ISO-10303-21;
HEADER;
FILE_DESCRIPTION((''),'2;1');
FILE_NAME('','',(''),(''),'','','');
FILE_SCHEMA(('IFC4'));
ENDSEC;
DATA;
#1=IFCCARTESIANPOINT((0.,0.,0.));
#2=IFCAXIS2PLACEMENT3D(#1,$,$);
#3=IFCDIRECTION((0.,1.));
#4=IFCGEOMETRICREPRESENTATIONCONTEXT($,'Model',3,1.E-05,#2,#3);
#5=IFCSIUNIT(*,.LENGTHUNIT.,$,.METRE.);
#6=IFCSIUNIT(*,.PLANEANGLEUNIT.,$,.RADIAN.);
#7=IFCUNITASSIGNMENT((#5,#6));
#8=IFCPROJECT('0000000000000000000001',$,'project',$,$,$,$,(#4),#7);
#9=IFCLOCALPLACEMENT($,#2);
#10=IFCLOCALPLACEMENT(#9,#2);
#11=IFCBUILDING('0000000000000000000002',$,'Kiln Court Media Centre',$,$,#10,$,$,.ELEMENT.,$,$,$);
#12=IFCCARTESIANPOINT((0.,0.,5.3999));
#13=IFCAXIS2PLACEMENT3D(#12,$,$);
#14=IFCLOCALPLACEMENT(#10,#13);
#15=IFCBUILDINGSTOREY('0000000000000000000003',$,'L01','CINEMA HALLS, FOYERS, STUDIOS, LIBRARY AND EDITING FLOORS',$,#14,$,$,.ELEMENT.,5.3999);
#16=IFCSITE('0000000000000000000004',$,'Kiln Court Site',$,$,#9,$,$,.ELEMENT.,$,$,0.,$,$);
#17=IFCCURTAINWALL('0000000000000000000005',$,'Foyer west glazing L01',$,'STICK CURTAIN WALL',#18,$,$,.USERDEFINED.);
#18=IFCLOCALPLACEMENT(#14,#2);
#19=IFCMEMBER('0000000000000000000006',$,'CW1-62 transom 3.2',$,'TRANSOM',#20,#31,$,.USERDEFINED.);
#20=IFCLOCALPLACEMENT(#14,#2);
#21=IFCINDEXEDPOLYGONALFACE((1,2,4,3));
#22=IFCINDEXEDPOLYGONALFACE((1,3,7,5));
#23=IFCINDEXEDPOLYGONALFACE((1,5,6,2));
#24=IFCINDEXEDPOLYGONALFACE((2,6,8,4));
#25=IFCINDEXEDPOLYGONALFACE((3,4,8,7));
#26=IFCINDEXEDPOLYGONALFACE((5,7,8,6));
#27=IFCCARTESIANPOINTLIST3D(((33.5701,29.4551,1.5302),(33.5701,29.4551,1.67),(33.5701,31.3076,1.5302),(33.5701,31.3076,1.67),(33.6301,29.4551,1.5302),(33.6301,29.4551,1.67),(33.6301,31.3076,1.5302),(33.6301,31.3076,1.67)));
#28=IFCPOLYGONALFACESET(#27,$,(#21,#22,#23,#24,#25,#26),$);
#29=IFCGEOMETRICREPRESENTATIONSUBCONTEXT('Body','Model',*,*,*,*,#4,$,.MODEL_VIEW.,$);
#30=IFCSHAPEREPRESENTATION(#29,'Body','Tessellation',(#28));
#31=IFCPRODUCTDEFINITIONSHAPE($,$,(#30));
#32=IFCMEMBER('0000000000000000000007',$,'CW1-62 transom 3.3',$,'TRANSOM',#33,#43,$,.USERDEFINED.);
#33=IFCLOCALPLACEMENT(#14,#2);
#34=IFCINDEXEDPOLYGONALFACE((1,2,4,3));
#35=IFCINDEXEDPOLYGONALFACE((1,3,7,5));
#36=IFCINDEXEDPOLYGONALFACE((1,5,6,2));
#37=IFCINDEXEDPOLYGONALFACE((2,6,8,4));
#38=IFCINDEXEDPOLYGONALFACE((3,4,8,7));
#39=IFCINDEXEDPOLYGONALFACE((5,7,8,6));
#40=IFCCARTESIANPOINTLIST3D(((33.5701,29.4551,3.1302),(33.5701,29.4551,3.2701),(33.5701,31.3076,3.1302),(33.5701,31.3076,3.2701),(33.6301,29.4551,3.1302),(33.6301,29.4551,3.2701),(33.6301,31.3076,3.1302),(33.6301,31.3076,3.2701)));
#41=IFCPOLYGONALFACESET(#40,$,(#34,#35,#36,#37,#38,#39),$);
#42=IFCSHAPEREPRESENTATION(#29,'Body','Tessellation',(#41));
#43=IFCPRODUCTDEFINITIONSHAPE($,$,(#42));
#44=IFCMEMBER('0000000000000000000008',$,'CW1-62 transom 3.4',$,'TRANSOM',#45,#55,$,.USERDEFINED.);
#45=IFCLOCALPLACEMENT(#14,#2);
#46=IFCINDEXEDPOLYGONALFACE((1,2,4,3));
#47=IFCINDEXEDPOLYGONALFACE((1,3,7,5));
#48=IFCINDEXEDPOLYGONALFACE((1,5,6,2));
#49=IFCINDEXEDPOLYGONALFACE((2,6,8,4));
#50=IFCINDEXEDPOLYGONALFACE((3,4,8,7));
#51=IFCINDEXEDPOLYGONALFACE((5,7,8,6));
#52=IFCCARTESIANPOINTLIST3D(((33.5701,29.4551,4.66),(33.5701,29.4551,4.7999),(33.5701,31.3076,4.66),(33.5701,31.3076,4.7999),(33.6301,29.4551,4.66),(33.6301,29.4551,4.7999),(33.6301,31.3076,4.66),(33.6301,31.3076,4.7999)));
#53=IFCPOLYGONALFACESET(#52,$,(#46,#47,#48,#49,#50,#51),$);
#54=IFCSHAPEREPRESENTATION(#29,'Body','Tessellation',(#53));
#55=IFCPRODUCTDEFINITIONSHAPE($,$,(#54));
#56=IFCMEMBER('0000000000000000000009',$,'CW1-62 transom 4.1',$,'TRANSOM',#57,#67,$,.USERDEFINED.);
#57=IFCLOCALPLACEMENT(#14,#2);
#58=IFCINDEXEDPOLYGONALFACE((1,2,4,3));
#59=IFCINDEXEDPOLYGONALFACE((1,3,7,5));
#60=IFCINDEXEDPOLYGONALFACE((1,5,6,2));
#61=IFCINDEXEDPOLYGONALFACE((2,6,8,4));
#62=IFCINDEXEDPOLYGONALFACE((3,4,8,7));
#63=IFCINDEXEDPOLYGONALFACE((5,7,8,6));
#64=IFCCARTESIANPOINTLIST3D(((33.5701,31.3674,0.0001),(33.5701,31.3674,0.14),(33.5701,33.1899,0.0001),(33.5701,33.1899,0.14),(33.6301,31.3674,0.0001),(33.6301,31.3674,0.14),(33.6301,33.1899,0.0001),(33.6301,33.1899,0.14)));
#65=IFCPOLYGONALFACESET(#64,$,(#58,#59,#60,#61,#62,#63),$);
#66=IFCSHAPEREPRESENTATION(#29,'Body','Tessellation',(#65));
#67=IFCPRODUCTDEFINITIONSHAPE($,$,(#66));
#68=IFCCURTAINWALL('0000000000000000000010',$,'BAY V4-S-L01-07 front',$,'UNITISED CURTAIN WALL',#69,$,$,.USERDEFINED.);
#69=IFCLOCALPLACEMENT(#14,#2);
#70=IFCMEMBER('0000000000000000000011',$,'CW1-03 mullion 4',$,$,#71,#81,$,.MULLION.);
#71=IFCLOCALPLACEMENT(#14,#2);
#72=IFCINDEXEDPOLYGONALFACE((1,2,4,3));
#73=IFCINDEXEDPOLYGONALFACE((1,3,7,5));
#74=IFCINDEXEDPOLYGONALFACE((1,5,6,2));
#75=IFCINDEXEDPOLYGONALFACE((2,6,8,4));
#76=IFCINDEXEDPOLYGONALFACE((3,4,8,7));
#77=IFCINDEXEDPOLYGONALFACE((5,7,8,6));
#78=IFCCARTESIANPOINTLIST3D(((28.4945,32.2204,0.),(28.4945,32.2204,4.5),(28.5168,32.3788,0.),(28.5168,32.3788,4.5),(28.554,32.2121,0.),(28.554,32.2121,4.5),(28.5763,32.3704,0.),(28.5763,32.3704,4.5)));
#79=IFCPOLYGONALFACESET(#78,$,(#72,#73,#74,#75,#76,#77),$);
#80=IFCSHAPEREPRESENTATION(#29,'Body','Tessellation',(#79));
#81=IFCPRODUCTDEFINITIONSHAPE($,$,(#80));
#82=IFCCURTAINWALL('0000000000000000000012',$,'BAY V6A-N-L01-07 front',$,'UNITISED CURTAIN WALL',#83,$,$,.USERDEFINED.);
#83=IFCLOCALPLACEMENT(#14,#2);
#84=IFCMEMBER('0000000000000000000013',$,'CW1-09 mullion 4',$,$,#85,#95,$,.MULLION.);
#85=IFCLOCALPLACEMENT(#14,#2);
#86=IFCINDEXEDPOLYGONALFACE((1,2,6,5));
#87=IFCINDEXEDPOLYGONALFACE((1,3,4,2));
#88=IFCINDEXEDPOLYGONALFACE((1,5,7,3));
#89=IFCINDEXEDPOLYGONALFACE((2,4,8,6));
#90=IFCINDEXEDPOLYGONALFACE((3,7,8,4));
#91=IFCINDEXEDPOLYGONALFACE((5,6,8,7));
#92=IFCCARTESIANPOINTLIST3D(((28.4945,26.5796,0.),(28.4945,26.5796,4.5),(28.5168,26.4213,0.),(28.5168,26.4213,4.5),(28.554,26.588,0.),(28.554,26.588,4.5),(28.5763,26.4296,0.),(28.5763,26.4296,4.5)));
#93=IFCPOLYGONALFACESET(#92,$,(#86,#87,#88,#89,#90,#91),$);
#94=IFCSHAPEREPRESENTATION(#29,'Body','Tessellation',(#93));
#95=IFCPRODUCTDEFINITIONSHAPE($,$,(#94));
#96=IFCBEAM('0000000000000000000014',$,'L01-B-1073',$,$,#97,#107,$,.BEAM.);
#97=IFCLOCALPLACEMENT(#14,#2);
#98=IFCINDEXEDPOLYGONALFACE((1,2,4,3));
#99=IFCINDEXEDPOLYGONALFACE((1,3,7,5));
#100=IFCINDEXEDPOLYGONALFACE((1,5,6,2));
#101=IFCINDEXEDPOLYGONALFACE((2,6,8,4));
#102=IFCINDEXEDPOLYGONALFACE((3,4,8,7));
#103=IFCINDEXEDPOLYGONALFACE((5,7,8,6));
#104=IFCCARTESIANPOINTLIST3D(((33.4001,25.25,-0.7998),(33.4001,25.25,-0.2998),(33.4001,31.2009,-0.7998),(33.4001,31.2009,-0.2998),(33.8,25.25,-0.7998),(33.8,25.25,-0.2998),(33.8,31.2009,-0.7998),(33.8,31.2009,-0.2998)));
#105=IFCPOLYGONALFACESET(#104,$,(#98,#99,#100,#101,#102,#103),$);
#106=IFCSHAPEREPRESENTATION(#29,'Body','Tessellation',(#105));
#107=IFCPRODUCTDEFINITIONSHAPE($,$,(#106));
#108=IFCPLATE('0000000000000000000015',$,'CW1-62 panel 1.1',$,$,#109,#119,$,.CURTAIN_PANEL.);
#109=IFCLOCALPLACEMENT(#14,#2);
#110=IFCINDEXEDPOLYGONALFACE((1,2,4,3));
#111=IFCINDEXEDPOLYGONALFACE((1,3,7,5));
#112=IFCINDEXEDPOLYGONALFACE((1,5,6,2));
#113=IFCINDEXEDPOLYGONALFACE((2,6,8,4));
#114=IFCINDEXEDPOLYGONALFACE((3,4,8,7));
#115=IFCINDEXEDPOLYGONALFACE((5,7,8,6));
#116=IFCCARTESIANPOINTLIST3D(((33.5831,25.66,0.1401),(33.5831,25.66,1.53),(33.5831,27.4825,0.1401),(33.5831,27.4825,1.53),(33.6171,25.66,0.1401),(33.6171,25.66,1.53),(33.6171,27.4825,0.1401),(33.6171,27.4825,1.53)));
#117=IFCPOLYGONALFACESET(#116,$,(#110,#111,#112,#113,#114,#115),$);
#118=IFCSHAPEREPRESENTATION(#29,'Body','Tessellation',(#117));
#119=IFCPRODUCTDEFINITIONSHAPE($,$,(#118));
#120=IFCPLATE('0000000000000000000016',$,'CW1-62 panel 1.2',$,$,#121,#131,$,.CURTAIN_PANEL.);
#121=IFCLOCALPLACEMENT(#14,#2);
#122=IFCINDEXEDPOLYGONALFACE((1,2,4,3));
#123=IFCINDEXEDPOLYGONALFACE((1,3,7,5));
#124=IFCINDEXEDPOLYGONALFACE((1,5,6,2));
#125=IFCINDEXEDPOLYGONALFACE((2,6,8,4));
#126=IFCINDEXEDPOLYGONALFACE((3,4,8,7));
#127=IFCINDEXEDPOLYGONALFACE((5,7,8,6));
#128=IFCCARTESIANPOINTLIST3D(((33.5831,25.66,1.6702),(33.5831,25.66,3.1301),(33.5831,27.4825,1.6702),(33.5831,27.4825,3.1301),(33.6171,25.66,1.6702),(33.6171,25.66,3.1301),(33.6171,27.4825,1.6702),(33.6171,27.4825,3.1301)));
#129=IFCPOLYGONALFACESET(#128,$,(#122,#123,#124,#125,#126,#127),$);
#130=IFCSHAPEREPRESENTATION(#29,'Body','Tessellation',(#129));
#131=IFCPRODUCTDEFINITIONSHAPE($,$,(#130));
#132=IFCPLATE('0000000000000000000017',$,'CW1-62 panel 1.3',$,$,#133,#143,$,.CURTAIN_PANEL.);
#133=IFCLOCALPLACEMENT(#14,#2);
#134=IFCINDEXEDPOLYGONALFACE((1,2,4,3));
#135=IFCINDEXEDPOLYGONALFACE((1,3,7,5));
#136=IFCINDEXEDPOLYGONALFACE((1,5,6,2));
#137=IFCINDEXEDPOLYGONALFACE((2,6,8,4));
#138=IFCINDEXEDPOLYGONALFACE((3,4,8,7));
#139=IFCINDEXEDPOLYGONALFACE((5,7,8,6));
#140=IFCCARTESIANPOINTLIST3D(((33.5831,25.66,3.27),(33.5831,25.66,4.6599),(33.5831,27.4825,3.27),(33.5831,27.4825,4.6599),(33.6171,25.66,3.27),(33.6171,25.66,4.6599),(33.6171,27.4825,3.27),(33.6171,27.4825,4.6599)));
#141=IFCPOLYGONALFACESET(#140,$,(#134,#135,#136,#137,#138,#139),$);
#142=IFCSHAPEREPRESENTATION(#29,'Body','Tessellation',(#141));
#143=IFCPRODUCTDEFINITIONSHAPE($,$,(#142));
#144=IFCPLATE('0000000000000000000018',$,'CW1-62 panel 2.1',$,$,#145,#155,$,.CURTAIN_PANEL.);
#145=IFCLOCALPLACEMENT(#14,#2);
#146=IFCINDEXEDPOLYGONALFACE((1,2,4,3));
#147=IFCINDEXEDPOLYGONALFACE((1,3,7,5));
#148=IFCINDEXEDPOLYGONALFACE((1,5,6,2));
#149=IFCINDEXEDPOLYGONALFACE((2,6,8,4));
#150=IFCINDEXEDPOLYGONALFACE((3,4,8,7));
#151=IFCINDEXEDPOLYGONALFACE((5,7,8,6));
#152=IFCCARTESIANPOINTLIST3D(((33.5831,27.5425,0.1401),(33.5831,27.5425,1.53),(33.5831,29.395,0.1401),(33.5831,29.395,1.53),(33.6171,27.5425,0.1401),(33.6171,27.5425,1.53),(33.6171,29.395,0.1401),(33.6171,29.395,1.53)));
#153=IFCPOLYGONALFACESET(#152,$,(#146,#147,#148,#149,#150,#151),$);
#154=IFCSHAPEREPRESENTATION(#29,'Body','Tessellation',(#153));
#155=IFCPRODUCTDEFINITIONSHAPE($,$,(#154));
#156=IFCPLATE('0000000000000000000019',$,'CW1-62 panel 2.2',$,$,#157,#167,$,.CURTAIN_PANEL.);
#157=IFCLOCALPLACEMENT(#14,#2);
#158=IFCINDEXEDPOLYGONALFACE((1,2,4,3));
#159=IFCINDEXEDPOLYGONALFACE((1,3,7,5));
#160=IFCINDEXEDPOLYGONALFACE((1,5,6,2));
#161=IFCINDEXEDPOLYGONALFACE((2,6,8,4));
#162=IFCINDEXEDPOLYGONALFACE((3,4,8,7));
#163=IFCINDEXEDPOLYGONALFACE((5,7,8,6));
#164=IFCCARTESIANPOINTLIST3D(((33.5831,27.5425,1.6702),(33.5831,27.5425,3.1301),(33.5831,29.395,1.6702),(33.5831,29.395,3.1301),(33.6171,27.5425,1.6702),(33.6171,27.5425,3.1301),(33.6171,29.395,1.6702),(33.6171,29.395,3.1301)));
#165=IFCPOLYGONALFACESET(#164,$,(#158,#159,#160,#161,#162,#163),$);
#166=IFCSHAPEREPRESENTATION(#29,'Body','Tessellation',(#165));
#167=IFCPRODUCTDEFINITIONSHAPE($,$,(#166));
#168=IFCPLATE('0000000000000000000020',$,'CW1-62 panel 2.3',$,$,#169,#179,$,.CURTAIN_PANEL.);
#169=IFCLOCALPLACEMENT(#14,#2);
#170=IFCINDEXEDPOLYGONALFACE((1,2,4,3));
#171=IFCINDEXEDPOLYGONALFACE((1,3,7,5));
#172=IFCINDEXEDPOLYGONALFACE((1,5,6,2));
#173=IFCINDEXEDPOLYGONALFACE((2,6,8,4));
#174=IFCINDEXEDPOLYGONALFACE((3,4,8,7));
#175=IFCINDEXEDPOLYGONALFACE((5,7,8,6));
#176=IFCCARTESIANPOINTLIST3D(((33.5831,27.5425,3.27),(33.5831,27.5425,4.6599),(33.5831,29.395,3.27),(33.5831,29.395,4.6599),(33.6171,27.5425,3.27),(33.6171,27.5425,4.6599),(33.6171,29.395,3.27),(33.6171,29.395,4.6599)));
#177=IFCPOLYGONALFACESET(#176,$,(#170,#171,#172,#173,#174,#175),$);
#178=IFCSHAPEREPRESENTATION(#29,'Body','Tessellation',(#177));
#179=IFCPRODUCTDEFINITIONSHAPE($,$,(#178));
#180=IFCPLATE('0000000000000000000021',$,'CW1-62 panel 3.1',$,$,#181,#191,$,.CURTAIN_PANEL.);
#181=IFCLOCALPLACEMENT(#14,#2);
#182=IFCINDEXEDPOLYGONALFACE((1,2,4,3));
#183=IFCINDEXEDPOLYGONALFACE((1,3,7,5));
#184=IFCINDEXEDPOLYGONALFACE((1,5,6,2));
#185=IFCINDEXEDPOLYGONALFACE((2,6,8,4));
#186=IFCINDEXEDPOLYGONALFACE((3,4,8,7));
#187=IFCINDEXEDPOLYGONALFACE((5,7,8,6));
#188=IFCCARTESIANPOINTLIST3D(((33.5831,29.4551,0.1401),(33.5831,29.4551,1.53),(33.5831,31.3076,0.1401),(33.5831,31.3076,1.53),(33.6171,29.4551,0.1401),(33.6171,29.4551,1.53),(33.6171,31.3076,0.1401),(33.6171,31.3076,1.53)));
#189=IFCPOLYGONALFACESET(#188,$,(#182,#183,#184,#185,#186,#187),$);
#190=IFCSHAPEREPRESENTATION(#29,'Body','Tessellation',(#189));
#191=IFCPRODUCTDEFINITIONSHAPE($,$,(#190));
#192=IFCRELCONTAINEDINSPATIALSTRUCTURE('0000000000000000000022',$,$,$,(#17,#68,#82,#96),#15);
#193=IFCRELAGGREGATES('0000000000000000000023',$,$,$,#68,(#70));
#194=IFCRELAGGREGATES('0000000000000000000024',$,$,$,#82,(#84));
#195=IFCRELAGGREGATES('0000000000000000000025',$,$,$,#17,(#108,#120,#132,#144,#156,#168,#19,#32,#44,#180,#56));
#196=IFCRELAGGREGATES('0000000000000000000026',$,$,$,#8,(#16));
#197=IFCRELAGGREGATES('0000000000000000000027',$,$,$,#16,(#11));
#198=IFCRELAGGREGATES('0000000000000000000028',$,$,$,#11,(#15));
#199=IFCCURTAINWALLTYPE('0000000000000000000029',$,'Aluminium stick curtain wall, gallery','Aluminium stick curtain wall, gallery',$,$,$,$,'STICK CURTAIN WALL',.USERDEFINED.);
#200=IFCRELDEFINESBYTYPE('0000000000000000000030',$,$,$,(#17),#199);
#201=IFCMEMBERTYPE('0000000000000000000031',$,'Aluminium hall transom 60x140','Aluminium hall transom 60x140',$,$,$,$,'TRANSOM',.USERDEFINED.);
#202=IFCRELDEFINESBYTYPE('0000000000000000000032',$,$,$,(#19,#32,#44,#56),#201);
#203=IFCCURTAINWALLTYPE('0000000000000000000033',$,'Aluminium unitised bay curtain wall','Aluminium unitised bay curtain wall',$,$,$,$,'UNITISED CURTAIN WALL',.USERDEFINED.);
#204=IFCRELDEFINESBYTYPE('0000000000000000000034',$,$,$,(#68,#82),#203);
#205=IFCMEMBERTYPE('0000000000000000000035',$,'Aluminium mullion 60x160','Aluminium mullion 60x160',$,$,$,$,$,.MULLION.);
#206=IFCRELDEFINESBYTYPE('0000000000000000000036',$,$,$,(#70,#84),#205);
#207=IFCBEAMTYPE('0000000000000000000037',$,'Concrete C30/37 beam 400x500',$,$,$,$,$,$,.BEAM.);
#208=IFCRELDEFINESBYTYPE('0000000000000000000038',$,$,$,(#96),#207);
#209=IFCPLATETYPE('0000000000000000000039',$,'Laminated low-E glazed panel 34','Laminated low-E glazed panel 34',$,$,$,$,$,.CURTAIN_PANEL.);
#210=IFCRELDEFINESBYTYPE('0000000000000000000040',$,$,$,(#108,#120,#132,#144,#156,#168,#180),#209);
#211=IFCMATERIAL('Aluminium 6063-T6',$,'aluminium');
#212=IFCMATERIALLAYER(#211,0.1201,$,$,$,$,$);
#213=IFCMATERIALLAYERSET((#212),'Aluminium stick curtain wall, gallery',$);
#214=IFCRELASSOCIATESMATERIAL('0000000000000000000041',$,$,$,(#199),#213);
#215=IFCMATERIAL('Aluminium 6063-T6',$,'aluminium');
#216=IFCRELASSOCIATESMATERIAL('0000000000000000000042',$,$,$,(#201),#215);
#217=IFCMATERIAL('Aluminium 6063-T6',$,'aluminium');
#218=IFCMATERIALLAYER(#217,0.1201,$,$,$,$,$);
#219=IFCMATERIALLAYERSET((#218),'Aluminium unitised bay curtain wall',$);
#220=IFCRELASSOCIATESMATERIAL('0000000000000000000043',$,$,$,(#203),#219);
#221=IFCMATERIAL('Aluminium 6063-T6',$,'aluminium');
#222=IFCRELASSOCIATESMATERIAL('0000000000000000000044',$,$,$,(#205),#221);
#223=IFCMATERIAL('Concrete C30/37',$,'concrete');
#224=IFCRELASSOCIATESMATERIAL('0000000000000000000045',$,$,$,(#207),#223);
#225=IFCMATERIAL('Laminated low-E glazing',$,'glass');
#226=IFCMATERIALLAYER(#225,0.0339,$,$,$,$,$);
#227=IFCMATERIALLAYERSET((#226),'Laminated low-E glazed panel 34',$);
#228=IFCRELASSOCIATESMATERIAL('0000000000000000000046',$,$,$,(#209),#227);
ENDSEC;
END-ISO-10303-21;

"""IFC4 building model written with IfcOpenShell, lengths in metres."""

from ifc_helpers import new_model, si_unit, direction, frame, origin, origin_2d, place, context, subcontext, project, spatial, rectangle, extrude, material, layer, layer_set, material_profile, profile_set, type_object, element, aggregate, save


model = new_model("IFC4")

# Units and contexts
model_context = context("Model", 3, precision=1e-05, world=origin(), true_north=direction((0.0, 1.0)))
body_context = subcontext(model_context, "Body", "Model", "MODEL_VIEW")
ifc_project = project(units=[si_unit("LENGTHUNIT", "METRE"), si_unit("PLANEANGLEUNIT", "RADIAN")], contexts=[model_context])

# Site, building, storey
site_placement = place(None, origin())
site = spatial("IfcSite", under=ifc_project, at=site_placement, Name="Kiln Court Site", CompositionType="ELEMENT", RefElevation=0.0)
building_placement = place(site_placement, origin())
building = spatial("IfcBuilding", under=site, at=building_placement, Name="Kiln Court Media Centre", CompositionType="ELEMENT")
storey_placement = place(building_placement, frame((0.0, 0.0, 5.3999)))
storey = spatial("IfcBuildingStorey", under=building, at=storey_placement, Name="L01", Description="CINEMA HALLS, FOYERS, STUDIOS, LIBRARY AND EDITING FLOORS", CompositionType="ELEMENT", Elevation=5.3999)

# Curtain wall, members
ifc_material_1 = material(Name="Aluminium 6063-T6", Category="aluminium")
ifc_layer_1 = layer(ifc_material_1, 0.1201)
ifc_layer_set_1 = layer_set([ifc_layer_1], Name="Aluminium stick curtain wall, gallery")
curtain_wall_type_1 = type_object("IfcCurtainWallType", Name="Aluminium stick curtain wall, gallery", Description="Aluminium stick curtain wall, gallery", ElementType="STICK CURTAIN WALL", PredefinedType="USERDEFINED", material=ifc_layer_set_1)
curtain_wall_1_placement = place(storey_placement, origin())
curtain_wall_1 = element("IfcCurtainWall", 1, at=curtain_wall_1_placement, inside=storey, type_object=curtain_wall_type_1, Name="Foyer west glazing L01", ObjectType="STICK CURTAIN WALL", PredefinedType="USERDEFINED")
ifc_material_2 = material(Name="Aluminium 6063-T6", Category="aluminium")
ifc_material_profile_1 = material_profile(ifc_material_2, rectangle(XDim=0.0601, YDim=0.1399, at=origin_2d()), Name="Aluminium hall transom 60x140")
ifc_profile_set_1 = profile_set([ifc_material_profile_1], Name="Aluminium 6063-T6")
member_type_1 = type_object("IfcMemberType", Name="Aluminium hall transom 60x140", Description="Aluminium hall transom 60x140", ElementType="TRANSOM", PredefinedType="USERDEFINED", material=ifc_profile_set_1)
member_1_placement = place(storey_placement, frame((33.6001, 29.4551, 1.6001), z_axis=(0.0, 1.0, 0.0), x_axis=(-1.0, 0.0, 0.0)))
member_1 = element("IfcMember", 2, at=member_1_placement, type_object=member_type_1, Name="CW1-62 transom 3.2", ObjectType="TRANSOM", PredefinedType="USERDEFINED", context=body_context, shape_type="SweptSolid", body=[
    extrude(rectangle(XDim=0.0601, YDim=0.1399, at=origin_2d()), origin(), (0.0, 0.0, 1.0), 1.8525),
])
member_2_placement = place(storey_placement, frame((33.6001, 29.4551, 3.2002), z_axis=(0.0, 1.0, 0.0), x_axis=(-1.0, 0.0, 0.0)))
member_2 = element("IfcMember", 3, at=member_2_placement, type_object=member_type_1, Name="CW1-62 transom 3.3", ObjectType="TRANSOM", PredefinedType="USERDEFINED", context=body_context, shape_type="SweptSolid", body=[
    extrude(rectangle(XDim=0.0601, YDim=0.1399, at=origin_2d()), origin(), (0.0, 0.0, 1.0), 1.8525),
])
member_3_placement = place(storey_placement, frame((33.6001, 29.4551, 4.73), z_axis=(0.0, 1.0, 0.0), x_axis=(-1.0, 0.0, 0.0)))
member_3 = element("IfcMember", 4, at=member_3_placement, type_object=member_type_1, Name="CW1-62 transom 3.4", ObjectType="TRANSOM", PredefinedType="USERDEFINED", context=body_context, shape_type="SweptSolid", body=[
    extrude(rectangle(XDim=0.0601, YDim=0.1399, at=origin_2d()), origin(), (0.0, 0.0, 1.0), 1.8525),
])
member_4_placement = place(storey_placement, frame((33.6001, 31.3674, 0.0701), z_axis=(0.0, 1.0, 0.0), x_axis=(-1.0, 0.0, 0.0)))
member_4 = element("IfcMember", 5, at=member_4_placement, type_object=member_type_1, Name="CW1-62 transom 4.1", ObjectType="TRANSOM", PredefinedType="USERDEFINED", context=body_context, shape_type="SweptSolid", body=[
    extrude(rectangle(XDim=0.0601, YDim=0.1399, at=origin_2d()), origin(), (0.0, 0.0, 1.0), 1.8225),
])

# Curtain walls, members
ifc_material_3 = material(Name="Aluminium 6063-T6", Category="aluminium")
ifc_layer_2 = layer(ifc_material_3, 0.1201)
ifc_layer_set_2 = layer_set([ifc_layer_2], Name="Aluminium unitised bay curtain wall")
curtain_wall_type_2 = type_object("IfcCurtainWallType", Name="Aluminium unitised bay curtain wall", Description="Aluminium unitised bay curtain wall", ElementType="UNITISED CURTAIN WALL", PredefinedType="USERDEFINED", material=ifc_layer_set_2)
curtain_wall_2_placement = place(storey_placement, origin())
curtain_wall_2 = element("IfcCurtainWall", 6, at=curtain_wall_2_placement, inside=storey, type_object=curtain_wall_type_2, Name="BAY V4-S-L01-07 front", ObjectType="UNITISED CURTAIN WALL", PredefinedType="USERDEFINED")
ifc_material_4 = material(Name="Aluminium 6063-T6", Category="aluminium")
ifc_material_profile_2 = material_profile(ifc_material_4, rectangle(XDim=0.0601, YDim=0.1599, at=origin_2d()), Name="Aluminium mullion 60x160")
ifc_profile_set_2 = profile_set([ifc_material_profile_2], Name="Aluminium 6063-T6")
member_type_2 = type_object("IfcMemberType", Name="Aluminium mullion 60x160", Description="Aluminium mullion 60x160", PredefinedType="MULLION", material=ifc_profile_set_2)
member_5_placement = place(storey_placement, frame((28.5354, 32.2954, 0.0), z_axis=(0.0, 0.0, 1.0), x_axis=(0.99027, -0.139162, 0.0)))
member_5 = element("IfcMember", 7, at=member_5_placement, type_object=member_type_2, Name="CW1-03 mullion 4", PredefinedType="MULLION", context=body_context, shape_type="SweptSolid", body=[
    extrude(rectangle(XDim=0.0601, YDim=0.1599, at=origin_2d()), origin(), (0.0, 0.0, 1.0), 4.5),
])
aggregate(curtain_wall_2, [member_5])
curtain_wall_3_placement = place(storey_placement, origin())
curtain_wall_3 = element("IfcCurtainWall", 8, at=curtain_wall_3_placement, inside=storey, type_object=curtain_wall_type_2, Name="BAY V6A-N-L01-07 front", ObjectType="UNITISED CURTAIN WALL", PredefinedType="USERDEFINED")
member_6_placement = place(storey_placement, frame((28.5354, 26.5046, 0.0), z_axis=(0.0, 0.0, 1.0), x_axis=(0.99027, 0.139162, 0.0)))
member_6 = element("IfcMember", 9, at=member_6_placement, type_object=member_type_2, Name="CW1-09 mullion 4", PredefinedType="MULLION", context=body_context, shape_type="SweptSolid", body=[
    extrude(rectangle(XDim=0.0601, YDim=0.1599, at=origin_2d()), origin(), (0.0, 0.0, 1.0), 4.5),
])
aggregate(curtain_wall_3, [member_6])

# Beam
ifc_material_5 = material(Name="Concrete C30/37", Category="concrete")
ifc_material_profile_3 = material_profile(ifc_material_5, rectangle(XDim=0.3999, YDim=0.5, at=origin_2d()), Name="RC 400x500")
ifc_profile_set_3 = profile_set([ifc_material_profile_3], Name="Concrete C30/37")
beam_type = type_object("IfcBeamType", Name="Concrete C30/37 beam 400x500", PredefinedType="BEAM", material=ifc_profile_set_3)
beam_placement = place(storey_placement, frame((33.6001, 25.25, -0.5498), z_axis=(0.0, 1.0, 0.0), x_axis=(-1.0, 0.0, 0.0)))
element("IfcBeam", 10, at=beam_placement, inside=storey, type_object=beam_type, Name="L01-B-1073", PredefinedType="BEAM", context=body_context, shape_type="SweptSolid", body=[
    extrude(rectangle(XDim=0.3999, YDim=0.5, at=origin_2d()), origin(), (0.0, 0.0, 1.0), 5.9509),
])

# Plates
ifc_material_6 = material(Name="Laminated low-E glazing", Category="glass")
ifc_layer_3 = layer(ifc_material_6, 0.0339)
ifc_layer_set_3 = layer_set([ifc_layer_3], Name="Laminated low-E glazed panel 34")
plate_type = type_object("IfcPlateType", Name="Laminated low-E glazed panel 34", Description="Laminated low-E glazed panel 34", PredefinedType="CURTAIN_PANEL", material=ifc_layer_set_3)
plate_1_placement = place(storey_placement, frame((33.6001, 26.5713, 0.1401), z_axis=(0.0, 0.0, 1.0), x_axis=(0.0, 1.0, 0.0)))
plate_1 = element("IfcPlate", 11, at=plate_1_placement, type_object=plate_type, Name="CW1-62 panel 1.1", PredefinedType="CURTAIN_PANEL", context=body_context, shape_type="SweptSolid", body=[
    extrude(rectangle(XDim=1.8225, YDim=0.0339, at=origin_2d()), origin(), (0.0, 0.0, 1.0), 1.3899),
])
plate_2_placement = place(storey_placement, frame((33.6001, 26.5713, 1.6702), z_axis=(0.0, 0.0, 1.0), x_axis=(0.0, 1.0, 0.0)))
plate_2 = element("IfcPlate", 12, at=plate_2_placement, type_object=plate_type, Name="CW1-62 panel 1.2", PredefinedType="CURTAIN_PANEL", context=body_context, shape_type="SweptSolid", body=[
    extrude(rectangle(XDim=1.8225, YDim=0.0339, at=origin_2d()), origin(), (0.0, 0.0, 1.0), 1.46),
])
plate_3_placement = place(storey_placement, frame((33.6001, 26.5713, 3.27), z_axis=(0.0, 0.0, 1.0), x_axis=(0.0, 1.0, 0.0)))
plate_3 = element("IfcPlate", 13, at=plate_3_placement, type_object=plate_type, Name="CW1-62 panel 1.3", PredefinedType="CURTAIN_PANEL", context=body_context, shape_type="SweptSolid", body=[
    extrude(rectangle(XDim=1.8225, YDim=0.0339, at=origin_2d()), origin(), (0.0, 0.0, 1.0), 1.3899),
])
plate_4_placement = place(storey_placement, frame((33.6001, 28.4688, 0.1401), z_axis=(0.0, 0.0, 1.0), x_axis=(0.0, 1.0, 0.0)))
plate_4 = element("IfcPlate", 14, at=plate_4_placement, type_object=plate_type, Name="CW1-62 panel 2.1", PredefinedType="CURTAIN_PANEL", context=body_context, shape_type="SweptSolid", body=[
    extrude(rectangle(XDim=1.8525, YDim=0.0339, at=origin_2d()), origin(), (0.0, 0.0, 1.0), 1.3899),
])
plate_5_placement = place(storey_placement, frame((33.6001, 28.4688, 1.6702), z_axis=(0.0, 0.0, 1.0), x_axis=(0.0, 1.0, 0.0)))
plate_5 = element("IfcPlate", 15, at=plate_5_placement, type_object=plate_type, Name="CW1-62 panel 2.2", PredefinedType="CURTAIN_PANEL", context=body_context, shape_type="SweptSolid", body=[
    extrude(rectangle(XDim=1.8525, YDim=0.0339, at=origin_2d()), origin(), (0.0, 0.0, 1.0), 1.46),
])
plate_6_placement = place(storey_placement, frame((33.6001, 28.4688, 3.27), z_axis=(0.0, 0.0, 1.0), x_axis=(0.0, 1.0, 0.0)))
plate_6 = element("IfcPlate", 16, at=plate_6_placement, type_object=plate_type, Name="CW1-62 panel 2.3", PredefinedType="CURTAIN_PANEL", context=body_context, shape_type="SweptSolid", body=[
    extrude(rectangle(XDim=1.8525, YDim=0.0339, at=origin_2d()), origin(), (0.0, 0.0, 1.0), 1.3899),
])
plate_7_placement = place(storey_placement, frame((33.6001, 30.3813, 0.1401), z_axis=(0.0, 0.0, 1.0), x_axis=(0.0, 1.0, 0.0)))
plate_7 = element("IfcPlate", 17, at=plate_7_placement, type_object=plate_type, Name="CW1-62 panel 3.1", PredefinedType="CURTAIN_PANEL", context=body_context, shape_type="SweptSolid", body=[
    extrude(rectangle(XDim=1.8525, YDim=0.0339, at=origin_2d()), origin(), (0.0, 0.0, 1.0), 1.3899),
])
aggregate(curtain_wall_1, [plate_1, plate_2, plate_3, plate_4, plate_5, plate_6, member_1, member_2, member_3, plate_7, member_4])

save(model, "model.ifc")
